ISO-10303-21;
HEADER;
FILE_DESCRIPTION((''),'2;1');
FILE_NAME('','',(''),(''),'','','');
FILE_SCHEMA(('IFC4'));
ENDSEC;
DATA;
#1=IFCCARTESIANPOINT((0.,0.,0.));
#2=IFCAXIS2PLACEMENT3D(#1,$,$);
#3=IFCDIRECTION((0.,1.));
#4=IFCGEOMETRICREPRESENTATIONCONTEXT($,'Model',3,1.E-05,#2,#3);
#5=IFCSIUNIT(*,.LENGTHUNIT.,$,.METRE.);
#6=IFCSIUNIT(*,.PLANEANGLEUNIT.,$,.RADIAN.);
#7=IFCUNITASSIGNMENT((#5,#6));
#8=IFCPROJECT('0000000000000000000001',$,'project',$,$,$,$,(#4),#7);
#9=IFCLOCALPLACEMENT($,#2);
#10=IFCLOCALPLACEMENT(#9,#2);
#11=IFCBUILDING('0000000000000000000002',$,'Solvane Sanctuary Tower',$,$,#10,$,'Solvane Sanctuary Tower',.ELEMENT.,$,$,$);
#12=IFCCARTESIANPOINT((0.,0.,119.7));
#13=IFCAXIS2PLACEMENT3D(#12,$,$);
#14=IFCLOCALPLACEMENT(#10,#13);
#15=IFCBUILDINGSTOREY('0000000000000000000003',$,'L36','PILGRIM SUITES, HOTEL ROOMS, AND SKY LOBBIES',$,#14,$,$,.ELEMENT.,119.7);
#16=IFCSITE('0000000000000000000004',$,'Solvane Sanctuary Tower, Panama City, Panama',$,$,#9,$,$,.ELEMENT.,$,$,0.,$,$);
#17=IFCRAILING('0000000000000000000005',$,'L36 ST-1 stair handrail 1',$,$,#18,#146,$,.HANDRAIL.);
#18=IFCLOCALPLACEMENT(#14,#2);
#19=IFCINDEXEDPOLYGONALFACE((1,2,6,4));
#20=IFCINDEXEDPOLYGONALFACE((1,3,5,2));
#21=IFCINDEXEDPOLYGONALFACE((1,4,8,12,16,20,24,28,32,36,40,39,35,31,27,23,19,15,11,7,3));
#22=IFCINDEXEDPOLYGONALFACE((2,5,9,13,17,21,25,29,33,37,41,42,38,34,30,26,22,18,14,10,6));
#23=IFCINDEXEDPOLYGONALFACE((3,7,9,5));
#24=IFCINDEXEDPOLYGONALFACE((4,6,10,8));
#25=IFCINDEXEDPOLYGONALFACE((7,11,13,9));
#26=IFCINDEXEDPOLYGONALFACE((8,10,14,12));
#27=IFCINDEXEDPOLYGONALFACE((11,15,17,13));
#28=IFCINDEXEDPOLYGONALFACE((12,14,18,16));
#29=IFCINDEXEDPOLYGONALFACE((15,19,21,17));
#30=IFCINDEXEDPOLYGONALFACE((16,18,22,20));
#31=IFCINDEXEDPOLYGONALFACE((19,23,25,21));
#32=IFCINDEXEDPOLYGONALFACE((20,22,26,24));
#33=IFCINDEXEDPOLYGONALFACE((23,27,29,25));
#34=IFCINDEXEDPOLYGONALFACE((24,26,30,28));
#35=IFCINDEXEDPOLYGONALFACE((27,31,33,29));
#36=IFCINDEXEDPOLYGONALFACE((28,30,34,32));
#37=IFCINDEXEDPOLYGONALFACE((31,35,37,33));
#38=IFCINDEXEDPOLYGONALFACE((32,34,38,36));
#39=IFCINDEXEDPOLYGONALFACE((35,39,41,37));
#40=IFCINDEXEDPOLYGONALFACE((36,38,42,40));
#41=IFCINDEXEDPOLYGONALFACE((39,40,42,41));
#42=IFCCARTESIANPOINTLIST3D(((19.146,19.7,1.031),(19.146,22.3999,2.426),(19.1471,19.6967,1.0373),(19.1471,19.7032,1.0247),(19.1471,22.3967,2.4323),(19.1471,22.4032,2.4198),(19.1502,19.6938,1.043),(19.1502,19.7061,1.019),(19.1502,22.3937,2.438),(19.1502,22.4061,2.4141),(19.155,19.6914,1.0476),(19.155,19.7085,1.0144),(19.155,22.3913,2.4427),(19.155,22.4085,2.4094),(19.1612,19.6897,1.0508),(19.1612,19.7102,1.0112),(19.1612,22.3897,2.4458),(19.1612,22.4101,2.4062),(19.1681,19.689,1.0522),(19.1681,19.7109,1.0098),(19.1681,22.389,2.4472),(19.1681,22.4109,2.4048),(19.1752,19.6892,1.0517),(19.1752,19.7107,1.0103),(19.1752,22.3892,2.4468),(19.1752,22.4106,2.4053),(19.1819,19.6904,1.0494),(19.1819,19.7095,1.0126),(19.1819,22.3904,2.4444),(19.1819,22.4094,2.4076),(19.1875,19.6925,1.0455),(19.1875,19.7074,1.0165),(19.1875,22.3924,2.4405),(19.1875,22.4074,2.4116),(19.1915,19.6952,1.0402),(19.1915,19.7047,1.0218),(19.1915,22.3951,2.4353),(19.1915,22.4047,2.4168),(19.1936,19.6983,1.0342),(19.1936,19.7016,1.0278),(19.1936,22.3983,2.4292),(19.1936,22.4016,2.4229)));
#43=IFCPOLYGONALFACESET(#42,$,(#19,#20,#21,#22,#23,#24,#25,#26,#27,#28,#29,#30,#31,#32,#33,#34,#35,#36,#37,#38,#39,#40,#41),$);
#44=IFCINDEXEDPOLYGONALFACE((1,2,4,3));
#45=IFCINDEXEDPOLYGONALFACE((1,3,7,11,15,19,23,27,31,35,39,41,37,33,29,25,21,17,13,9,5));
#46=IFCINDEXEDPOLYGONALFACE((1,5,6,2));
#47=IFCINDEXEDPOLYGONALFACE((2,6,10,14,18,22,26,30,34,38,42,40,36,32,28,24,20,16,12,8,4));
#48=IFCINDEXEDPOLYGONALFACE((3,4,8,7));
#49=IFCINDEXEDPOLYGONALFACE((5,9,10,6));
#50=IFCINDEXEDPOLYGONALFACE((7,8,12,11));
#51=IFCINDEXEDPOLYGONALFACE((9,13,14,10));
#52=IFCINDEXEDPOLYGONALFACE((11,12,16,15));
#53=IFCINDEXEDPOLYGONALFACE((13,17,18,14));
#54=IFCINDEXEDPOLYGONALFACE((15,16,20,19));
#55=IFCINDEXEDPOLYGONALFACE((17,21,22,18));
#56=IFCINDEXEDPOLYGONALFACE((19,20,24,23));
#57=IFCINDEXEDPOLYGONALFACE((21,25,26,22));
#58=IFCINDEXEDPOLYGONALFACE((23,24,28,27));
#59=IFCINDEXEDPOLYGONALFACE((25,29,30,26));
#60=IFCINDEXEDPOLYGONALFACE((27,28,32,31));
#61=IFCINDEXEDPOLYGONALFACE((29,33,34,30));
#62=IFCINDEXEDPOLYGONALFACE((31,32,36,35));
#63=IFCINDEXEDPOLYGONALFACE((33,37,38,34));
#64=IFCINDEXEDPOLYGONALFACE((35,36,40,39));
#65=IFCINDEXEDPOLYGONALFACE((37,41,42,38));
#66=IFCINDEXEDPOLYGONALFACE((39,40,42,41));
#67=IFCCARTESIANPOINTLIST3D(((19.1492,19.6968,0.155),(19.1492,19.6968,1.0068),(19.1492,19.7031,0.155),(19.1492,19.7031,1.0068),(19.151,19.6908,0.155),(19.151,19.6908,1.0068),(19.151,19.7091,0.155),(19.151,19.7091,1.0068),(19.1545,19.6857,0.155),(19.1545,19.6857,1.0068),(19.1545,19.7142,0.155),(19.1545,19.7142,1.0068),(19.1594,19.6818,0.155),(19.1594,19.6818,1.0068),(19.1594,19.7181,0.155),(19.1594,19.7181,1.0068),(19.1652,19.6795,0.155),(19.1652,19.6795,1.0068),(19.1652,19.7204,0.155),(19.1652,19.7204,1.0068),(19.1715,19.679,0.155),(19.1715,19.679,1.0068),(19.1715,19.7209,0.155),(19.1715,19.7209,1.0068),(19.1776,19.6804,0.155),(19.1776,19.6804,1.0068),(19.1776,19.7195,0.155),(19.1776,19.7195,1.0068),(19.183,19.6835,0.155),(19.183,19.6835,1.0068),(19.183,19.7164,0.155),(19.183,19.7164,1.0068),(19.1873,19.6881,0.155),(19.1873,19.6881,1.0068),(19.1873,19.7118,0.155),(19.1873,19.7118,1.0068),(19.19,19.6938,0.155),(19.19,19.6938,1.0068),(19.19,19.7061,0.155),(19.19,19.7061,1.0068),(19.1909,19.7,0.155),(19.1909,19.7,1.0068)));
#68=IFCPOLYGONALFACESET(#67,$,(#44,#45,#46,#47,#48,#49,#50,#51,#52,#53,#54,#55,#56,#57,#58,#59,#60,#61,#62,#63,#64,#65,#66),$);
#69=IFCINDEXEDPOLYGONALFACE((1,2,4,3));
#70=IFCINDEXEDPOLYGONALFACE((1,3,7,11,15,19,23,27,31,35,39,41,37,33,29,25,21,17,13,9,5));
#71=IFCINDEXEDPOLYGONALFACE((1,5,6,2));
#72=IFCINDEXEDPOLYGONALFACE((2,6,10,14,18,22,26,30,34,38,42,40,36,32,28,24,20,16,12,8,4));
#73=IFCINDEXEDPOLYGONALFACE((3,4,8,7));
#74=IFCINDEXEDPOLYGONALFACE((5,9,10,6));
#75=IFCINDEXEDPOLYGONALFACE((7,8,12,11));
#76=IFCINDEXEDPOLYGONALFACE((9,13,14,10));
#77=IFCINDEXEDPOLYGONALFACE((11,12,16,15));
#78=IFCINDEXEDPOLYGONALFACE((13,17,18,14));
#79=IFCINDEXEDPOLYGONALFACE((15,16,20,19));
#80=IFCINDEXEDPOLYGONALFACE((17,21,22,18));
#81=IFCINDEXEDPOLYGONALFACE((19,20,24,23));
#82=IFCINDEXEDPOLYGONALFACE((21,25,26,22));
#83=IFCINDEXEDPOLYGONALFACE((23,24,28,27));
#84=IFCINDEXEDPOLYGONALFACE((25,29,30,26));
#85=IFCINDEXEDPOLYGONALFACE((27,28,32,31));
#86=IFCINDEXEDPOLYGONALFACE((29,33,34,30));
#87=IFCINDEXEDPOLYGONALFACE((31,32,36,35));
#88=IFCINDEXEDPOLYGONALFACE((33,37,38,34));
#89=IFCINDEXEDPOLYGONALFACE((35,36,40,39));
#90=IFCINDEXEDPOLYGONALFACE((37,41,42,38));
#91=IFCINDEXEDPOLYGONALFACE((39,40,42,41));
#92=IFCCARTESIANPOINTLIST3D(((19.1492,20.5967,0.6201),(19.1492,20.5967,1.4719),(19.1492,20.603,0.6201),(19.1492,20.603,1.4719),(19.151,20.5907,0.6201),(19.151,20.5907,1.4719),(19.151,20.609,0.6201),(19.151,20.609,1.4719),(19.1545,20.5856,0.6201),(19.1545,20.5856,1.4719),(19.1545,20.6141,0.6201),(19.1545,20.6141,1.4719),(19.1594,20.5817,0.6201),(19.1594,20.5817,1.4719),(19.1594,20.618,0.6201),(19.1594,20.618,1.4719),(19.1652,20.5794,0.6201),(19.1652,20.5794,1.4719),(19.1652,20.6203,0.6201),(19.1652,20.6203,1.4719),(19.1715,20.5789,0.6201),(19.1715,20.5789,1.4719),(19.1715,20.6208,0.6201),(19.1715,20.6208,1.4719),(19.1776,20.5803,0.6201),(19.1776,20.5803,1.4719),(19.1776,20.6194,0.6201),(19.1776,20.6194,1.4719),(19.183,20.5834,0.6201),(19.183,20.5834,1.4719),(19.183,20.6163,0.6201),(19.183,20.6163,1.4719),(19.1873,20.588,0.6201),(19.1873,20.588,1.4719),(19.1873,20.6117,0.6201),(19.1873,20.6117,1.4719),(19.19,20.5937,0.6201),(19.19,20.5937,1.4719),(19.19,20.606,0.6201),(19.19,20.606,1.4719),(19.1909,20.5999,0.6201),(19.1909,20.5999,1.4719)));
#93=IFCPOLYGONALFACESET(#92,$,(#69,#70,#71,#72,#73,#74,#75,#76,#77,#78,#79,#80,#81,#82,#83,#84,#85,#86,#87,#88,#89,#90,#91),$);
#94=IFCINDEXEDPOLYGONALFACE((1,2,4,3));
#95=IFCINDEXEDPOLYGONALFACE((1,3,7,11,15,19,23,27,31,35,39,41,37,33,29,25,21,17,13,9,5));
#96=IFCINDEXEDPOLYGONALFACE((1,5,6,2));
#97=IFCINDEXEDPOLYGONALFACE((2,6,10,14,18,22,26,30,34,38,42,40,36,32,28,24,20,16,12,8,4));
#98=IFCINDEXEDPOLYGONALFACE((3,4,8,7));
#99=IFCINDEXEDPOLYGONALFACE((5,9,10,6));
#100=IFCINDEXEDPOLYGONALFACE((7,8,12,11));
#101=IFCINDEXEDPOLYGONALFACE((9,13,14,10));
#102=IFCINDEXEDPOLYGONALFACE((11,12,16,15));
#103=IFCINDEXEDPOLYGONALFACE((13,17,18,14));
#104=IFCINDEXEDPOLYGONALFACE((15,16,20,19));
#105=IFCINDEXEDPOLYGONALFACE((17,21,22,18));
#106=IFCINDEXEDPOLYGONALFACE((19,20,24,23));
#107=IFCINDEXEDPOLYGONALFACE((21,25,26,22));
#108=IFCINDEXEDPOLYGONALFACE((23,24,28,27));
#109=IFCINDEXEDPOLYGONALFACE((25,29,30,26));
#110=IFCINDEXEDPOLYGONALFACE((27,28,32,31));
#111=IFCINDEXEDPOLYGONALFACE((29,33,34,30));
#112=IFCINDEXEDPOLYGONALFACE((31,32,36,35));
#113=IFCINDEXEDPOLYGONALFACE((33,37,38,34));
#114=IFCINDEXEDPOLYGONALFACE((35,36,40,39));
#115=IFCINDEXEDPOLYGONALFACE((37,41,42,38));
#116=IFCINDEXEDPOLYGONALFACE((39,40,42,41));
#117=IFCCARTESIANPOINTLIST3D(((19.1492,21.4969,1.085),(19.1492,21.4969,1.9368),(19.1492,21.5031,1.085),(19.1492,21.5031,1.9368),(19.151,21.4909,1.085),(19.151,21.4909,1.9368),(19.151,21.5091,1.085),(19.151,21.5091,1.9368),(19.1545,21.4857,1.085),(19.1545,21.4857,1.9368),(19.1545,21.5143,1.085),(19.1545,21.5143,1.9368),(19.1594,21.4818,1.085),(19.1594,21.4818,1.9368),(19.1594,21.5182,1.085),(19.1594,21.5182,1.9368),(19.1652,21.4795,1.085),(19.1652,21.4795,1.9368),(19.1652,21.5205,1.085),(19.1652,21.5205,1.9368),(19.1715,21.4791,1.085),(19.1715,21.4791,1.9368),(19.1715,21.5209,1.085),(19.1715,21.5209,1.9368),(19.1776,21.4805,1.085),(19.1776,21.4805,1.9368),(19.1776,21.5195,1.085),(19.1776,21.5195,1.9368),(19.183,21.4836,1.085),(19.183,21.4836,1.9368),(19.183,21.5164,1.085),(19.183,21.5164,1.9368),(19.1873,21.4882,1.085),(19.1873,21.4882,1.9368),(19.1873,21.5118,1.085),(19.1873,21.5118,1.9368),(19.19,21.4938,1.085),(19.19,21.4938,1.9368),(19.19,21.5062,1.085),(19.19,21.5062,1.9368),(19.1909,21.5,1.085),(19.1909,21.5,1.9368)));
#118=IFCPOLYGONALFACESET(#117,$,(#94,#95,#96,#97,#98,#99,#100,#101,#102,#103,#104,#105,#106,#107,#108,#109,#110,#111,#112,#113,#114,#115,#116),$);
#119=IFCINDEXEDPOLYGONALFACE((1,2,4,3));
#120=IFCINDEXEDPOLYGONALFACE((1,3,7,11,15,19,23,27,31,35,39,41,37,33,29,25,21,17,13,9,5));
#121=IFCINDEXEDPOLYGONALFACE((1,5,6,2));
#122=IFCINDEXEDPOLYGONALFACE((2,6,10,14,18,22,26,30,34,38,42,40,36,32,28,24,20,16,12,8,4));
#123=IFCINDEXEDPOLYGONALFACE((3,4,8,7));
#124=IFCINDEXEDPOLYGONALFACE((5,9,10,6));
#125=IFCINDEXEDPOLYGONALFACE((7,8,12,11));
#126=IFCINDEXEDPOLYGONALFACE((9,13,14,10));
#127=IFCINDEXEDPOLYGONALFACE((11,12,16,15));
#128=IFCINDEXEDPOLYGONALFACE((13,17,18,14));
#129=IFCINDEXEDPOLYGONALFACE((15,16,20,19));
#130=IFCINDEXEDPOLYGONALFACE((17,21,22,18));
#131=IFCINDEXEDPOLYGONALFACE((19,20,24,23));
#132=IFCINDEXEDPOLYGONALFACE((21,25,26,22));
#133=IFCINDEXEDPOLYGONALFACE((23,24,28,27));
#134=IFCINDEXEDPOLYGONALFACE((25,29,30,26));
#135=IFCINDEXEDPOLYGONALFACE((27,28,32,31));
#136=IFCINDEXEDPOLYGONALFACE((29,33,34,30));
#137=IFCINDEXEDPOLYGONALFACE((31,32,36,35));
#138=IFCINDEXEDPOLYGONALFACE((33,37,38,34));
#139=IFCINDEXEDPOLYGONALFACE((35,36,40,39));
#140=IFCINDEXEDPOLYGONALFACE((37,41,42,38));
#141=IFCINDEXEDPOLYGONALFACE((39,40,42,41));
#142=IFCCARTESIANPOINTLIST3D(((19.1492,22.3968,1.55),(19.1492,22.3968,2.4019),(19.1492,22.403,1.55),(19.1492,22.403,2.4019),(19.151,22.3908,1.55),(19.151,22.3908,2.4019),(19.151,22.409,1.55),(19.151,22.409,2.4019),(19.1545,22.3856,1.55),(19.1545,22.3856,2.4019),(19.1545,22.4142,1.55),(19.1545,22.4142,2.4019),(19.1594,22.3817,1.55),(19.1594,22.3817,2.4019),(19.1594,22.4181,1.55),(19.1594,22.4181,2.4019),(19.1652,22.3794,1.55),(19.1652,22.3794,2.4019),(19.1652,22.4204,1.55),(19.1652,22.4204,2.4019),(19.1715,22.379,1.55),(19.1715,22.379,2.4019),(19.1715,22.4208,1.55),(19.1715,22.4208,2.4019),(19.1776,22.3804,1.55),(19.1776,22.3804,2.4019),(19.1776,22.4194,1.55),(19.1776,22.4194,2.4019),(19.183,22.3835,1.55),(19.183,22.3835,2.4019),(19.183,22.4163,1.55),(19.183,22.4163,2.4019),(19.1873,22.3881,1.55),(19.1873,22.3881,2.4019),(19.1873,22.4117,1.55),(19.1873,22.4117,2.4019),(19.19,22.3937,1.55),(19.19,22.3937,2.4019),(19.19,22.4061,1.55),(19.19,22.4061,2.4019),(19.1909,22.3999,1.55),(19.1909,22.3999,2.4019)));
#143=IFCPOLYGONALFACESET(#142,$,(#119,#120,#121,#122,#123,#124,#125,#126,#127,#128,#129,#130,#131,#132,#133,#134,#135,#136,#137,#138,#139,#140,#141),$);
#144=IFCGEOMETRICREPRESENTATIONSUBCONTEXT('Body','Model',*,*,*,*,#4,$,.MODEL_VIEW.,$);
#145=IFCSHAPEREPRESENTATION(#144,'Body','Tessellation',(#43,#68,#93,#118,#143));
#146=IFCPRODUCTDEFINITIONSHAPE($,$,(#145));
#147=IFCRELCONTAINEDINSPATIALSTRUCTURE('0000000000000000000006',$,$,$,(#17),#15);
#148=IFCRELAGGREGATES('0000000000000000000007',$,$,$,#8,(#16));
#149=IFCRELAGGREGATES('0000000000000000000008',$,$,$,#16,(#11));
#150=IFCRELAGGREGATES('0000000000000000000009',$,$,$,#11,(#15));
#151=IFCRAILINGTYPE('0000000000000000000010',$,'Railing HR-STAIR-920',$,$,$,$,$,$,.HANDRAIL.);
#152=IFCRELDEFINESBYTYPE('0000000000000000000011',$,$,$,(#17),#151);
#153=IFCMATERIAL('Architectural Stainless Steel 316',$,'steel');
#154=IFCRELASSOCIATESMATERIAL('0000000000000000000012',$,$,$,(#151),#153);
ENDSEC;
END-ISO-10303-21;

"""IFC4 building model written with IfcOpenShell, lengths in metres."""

from ifc_helpers import new_model, si_unit, direction, frame, origin, origin_2d, place, context, subcontext, project, spatial, circle, extrude, material, type_object, element, save


model = new_model("IFC4")

# Units and contexts
model_context = context("Model", 3, precision=1e-05, world=origin(), true_north=direction((0.0, 1.0)))
body_context = subcontext(model_context, "Body", "Model", "MODEL_VIEW")
ifc_project = project(units=[si_unit("LENGTHUNIT", "METRE"), si_unit("PLANEANGLEUNIT", "RADIAN")], contexts=[model_context])

# Site, building, storey
site_placement = place(None, origin())
site = spatial("IfcSite", under=ifc_project, at=site_placement, Name="Solvane Sanctuary Tower, Panama City, Panama", CompositionType="ELEMENT", RefElevation=0.0)
building_placement = place(site_placement, origin())
building = spatial("IfcBuilding", under=site, at=building_placement, Name="Solvane Sanctuary Tower", LongName="Solvane Sanctuary Tower", CompositionType="ELEMENT")
storey_placement = place(building_placement, frame((0.0, 0.0, 119.7)))
storey = spatial("IfcBuildingStorey", under=building, at=storey_placement, Name="L36", Description="PILGRIM SUITES, HOTEL ROOMS, AND SKY LOBBIES", CompositionType="ELEMENT", Elevation=119.7)

# Shared definitions
ifc_material_1 = material(Name="Architectural Stainless Steel 316", Category="steel")

# Railing
railing_type_1 = type_object("IfcRailingType", Name="Railing HR-STAIR-920", PredefinedType="HANDRAIL", material=ifc_material_1)
railing_1_placement = place(storey_placement, frame((19.1699, 19.7, 0.155)))
element("IfcRailing", 1, at=railing_1_placement, inside=storey, type_object=railing_type_1, Name="L36 ST-1 stair handrail 1", PredefinedType="HANDRAIL", context=body_context, shape_type="SweptSolid", body=[
    extrude(circle(Radius=0.0239, at=origin_2d()), frame((0.0, 0.0, 0.876), z_axis=(0.0, 0.88842, 0.459032), x_axis=(-1.0, 0.0, 0.0)), (0.0, 0.0, 1.0), 3.0391),
    extrude(circle(Radius=0.021, at=origin_2d()), origin(), (0.0, 0.0, 1.0), 0.8518),
    extrude(circle(Radius=0.021, at=origin_2d()), frame((0.0, 0.8999, 0.4651)), (0.0, 0.0, 1.0), 0.8518),
    extrude(circle(Radius=0.021, at=origin_2d()), frame((0.0, 1.8, 0.9299)), (0.0, 0.0, 1.0), 0.8518),
    extrude(circle(Radius=0.021, at=origin_2d()), frame((0.0, 2.7, 1.395)), (0.0, 0.0, 1.0), 0.8518),
])

save(model, "model.ifc")
